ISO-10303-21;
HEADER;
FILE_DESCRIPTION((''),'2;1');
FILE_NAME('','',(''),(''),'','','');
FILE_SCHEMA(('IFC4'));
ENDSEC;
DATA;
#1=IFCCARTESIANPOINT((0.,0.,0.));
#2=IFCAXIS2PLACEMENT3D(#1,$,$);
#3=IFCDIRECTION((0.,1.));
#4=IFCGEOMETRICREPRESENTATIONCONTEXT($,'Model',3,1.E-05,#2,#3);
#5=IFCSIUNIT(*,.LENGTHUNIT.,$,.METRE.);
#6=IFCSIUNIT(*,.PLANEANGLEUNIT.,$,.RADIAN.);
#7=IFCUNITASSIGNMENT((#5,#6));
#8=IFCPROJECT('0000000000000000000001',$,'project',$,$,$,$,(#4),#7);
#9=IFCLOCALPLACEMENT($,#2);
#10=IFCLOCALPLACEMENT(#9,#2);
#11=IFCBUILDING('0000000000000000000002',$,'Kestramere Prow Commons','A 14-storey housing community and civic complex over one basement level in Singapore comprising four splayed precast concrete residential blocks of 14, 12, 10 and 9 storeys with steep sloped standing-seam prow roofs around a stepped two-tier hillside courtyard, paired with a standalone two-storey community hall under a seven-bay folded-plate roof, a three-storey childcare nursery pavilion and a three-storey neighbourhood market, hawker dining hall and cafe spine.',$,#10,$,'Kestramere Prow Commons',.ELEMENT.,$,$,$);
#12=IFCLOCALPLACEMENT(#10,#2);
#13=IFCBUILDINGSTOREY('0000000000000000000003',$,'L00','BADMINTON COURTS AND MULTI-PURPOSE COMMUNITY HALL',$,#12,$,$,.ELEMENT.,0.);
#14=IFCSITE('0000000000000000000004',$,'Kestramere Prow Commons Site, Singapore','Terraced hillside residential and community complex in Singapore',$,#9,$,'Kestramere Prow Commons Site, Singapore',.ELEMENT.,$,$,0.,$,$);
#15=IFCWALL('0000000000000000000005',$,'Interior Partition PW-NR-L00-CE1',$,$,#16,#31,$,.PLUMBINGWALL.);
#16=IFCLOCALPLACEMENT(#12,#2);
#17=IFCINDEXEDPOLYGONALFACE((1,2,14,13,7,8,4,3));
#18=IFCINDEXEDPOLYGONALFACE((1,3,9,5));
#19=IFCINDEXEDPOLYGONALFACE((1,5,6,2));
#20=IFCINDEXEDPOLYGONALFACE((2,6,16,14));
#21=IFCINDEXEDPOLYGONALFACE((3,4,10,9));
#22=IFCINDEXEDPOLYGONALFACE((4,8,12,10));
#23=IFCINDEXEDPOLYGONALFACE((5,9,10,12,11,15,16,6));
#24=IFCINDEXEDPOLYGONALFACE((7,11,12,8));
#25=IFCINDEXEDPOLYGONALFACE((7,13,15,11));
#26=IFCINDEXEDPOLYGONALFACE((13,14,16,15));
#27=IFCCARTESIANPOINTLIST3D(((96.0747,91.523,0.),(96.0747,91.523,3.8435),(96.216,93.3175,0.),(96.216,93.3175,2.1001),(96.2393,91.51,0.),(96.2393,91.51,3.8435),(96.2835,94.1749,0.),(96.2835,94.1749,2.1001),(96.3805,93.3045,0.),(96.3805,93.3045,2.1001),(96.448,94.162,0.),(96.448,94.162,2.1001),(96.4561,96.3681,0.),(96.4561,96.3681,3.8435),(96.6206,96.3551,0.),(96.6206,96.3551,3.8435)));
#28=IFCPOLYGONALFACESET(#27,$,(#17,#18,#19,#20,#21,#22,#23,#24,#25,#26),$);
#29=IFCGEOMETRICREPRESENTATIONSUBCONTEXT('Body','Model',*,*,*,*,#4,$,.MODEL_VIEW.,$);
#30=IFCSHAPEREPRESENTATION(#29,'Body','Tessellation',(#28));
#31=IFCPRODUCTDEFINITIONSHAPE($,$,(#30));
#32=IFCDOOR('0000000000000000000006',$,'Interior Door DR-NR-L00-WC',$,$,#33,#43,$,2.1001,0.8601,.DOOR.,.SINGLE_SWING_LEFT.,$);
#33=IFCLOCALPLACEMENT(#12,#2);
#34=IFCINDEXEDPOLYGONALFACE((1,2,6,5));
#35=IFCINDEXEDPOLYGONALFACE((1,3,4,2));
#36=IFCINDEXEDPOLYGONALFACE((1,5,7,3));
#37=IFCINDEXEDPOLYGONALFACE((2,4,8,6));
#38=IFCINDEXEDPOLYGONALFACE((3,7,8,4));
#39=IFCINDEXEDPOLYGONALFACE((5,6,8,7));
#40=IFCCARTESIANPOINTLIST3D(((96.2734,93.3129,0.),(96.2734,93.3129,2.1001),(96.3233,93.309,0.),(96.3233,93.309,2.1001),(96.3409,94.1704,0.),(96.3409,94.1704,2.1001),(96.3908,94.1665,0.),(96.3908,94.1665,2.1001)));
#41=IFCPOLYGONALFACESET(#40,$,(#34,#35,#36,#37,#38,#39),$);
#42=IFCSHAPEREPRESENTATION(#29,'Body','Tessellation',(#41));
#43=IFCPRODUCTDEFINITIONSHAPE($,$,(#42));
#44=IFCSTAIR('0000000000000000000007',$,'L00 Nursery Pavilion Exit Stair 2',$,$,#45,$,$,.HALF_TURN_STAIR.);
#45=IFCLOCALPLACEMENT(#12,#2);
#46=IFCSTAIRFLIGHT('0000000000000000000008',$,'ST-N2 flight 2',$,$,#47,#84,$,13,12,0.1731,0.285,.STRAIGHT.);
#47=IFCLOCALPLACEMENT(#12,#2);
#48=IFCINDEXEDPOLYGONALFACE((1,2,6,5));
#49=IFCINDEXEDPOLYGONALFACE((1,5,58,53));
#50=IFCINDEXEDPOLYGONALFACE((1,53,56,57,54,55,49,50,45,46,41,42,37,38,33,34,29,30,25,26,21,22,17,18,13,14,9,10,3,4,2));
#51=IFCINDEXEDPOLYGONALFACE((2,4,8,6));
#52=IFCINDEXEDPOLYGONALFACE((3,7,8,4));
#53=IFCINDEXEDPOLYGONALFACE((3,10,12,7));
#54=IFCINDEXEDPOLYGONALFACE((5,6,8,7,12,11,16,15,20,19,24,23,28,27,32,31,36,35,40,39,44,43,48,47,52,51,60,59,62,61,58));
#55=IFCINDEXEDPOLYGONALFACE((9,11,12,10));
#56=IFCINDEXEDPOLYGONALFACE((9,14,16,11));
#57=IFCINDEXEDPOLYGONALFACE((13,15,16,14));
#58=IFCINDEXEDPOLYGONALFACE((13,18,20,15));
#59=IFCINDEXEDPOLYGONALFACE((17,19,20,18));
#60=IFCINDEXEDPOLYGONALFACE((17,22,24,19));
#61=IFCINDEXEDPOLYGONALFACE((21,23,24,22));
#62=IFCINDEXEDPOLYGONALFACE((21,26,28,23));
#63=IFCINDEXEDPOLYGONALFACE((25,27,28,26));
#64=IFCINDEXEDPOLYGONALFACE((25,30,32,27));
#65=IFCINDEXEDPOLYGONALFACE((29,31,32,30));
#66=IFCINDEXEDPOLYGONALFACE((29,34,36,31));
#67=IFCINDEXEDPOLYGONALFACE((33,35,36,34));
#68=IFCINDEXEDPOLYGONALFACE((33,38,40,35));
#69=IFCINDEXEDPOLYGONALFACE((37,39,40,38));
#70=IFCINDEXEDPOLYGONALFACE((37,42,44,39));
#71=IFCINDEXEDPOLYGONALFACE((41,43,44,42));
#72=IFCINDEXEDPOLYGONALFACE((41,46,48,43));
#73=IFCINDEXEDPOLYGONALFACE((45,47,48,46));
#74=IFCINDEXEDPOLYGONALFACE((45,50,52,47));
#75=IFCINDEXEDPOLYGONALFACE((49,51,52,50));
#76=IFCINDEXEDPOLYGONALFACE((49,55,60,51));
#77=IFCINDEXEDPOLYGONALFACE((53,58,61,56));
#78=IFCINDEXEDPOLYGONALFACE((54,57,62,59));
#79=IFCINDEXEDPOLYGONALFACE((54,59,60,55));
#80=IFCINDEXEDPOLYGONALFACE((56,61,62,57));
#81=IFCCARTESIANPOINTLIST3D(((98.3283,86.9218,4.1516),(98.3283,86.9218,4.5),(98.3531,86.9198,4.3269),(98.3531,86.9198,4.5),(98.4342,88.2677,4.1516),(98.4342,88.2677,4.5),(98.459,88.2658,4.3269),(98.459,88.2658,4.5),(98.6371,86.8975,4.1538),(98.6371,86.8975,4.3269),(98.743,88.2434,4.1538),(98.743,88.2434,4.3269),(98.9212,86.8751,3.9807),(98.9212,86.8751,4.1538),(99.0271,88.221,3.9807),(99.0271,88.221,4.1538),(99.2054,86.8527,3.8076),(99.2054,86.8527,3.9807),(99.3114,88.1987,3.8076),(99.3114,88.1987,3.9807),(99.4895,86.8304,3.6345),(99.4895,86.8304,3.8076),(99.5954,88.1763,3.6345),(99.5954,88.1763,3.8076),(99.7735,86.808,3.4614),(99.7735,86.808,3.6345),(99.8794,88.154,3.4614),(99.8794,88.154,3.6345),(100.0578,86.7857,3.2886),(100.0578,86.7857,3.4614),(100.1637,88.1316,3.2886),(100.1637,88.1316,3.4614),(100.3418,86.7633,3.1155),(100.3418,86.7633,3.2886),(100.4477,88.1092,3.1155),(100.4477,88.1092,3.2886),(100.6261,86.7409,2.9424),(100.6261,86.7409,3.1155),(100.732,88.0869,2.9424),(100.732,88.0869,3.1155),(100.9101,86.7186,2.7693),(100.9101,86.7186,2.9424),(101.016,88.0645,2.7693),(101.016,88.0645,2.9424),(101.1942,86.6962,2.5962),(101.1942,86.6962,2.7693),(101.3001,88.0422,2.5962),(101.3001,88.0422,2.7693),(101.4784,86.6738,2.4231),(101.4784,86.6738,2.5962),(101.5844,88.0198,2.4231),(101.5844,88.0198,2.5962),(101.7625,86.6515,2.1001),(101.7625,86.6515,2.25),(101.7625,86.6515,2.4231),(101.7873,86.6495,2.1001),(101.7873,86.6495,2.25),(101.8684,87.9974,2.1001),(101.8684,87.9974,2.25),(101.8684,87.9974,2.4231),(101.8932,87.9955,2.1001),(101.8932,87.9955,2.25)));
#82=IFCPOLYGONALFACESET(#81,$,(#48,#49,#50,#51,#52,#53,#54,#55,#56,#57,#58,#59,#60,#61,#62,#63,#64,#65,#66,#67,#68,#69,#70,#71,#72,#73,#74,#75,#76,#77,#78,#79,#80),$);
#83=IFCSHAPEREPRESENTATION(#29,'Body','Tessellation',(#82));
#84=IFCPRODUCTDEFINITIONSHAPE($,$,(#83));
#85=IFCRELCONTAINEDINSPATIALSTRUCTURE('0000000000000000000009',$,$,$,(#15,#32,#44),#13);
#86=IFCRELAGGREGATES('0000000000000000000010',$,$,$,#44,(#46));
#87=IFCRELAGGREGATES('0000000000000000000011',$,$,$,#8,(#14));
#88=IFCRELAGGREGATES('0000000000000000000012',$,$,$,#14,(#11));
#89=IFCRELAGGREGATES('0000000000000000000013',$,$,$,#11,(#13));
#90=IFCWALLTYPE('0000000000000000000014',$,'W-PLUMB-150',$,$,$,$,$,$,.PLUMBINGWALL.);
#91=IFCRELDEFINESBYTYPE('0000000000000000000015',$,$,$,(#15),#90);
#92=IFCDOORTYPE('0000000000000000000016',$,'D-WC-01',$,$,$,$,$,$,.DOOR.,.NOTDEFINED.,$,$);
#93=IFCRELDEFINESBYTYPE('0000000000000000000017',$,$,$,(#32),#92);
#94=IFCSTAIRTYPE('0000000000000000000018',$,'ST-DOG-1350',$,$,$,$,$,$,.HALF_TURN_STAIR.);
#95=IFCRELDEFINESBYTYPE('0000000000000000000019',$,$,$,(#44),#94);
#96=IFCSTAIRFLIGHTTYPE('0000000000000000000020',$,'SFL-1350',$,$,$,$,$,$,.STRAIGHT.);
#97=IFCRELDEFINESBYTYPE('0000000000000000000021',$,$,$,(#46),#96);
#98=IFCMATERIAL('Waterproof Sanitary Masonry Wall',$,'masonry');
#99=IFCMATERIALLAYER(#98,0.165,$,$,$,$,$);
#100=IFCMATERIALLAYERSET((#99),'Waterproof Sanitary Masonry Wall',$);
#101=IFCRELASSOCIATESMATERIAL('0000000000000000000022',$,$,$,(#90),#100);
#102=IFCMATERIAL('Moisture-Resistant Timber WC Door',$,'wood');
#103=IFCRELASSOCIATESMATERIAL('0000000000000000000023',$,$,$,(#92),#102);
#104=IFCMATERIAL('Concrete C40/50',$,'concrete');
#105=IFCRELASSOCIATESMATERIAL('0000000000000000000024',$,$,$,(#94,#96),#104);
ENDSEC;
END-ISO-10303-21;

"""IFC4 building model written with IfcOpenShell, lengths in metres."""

from ifc_helpers import new_model, si_unit, direction, frame, frame_2d, origin, place, context, subcontext, project, spatial, polyline, rectangle, outline, extrude, material, layer, layer_set, type_object, element, fill, aggregate, save


model = new_model("IFC4")

# Units and contexts
model_context = context("Model", 3, precision=1e-05, world=origin(), true_north=direction((0.0, 1.0)))
body_context = subcontext(model_context, "Body", "Model", "MODEL_VIEW")
ifc_project = project(units=[si_unit("LENGTHUNIT", "METRE"), si_unit("PLANEANGLEUNIT", "RADIAN")], contexts=[model_context])

# Site, building, storey
site_placement = place(None, origin())
site = spatial("IfcSite", under=ifc_project, at=site_placement, Name="Kestramere Prow Commons Site, Singapore", Description="Terraced hillside residential and community complex in Singapore", LongName="Kestramere Prow Commons Site, Singapore", CompositionType="ELEMENT", RefElevation=0.0)
building_placement = place(site_placement, origin())
building = spatial("IfcBuilding", under=site, at=building_placement, Name="Kestramere Prow Commons", Description="A 14-storey housing community and civic complex over one basement level in Singapore comprising four splayed precast concrete residential blocks of 14, 12, 10 and 9 storeys with steep sloped standing-seam prow roofs around a stepped two-tier hillside courtyard, paired with a standalone two-storey community hall under a seven-bay folded-plate roof, a three-storey childcare nursery pavilion and a three-storey neighbourhood market, hawker dining hall and cafe spine.", LongName="Kestramere Prow Commons", CompositionType="ELEMENT")
storey_placement = place(building_placement, origin())
storey = spatial("IfcBuildingStorey", under=building, at=storey_placement, Name="L00", Description="BADMINTON COURTS AND MULTI-PURPOSE COMMUNITY HALL", CompositionType="ELEMENT", Elevation=0.0)

# Shared definitions
ifc_material_1 = material(Name="Concrete C40/50", Category="concrete")

# Shared definitions
ifc_material_2 = material(Name="Waterproof Sanitary Masonry Wall", Category="masonry")
ifc_layer_1 = layer(ifc_material_2, 0.165)
ifc_layer_set_1 = layer_set([ifc_layer_1], Name="Waterproof Sanitary Masonry Wall")
wall_type_1 = type_object("IfcWallType", Name="W-PLUMB-150", PredefinedType="PLUMBINGWALL", material=ifc_layer_set_1)

# Wall, opening, door
wall_1_placement = place(storey_placement, frame((96.157, 91.5164, 0.0), z_axis=(0.0, 0.0, 1.0), x_axis=(0.078463, 0.996917, 0.0)))
wall_1 = element("IfcWall", 1, at=wall_1_placement, inside=storey, type_object=wall_type_1, Name="Interior Partition PW-NR-L00-CE1", PredefinedType="PLUMBINGWALL", context=body_context, shape_type="SweptSolid", body=[
    extrude(rectangle(XDim=4.8601, YDim=0.165, at=frame_2d((2.4302, 0.0))), origin(), (0.0, 0.0, 1.0), 3.8435),
])
opening_1_placement = place(wall_1_placement, frame((1.8, 0.0, 0.0)))
opening_1 = element("IfcOpeningElement", 2, at=opening_1_placement, cuts=wall_1, PredefinedType="OPENING", context=body_context, shape_type="SweptSolid", body=[
    extrude(rectangle(XDim=0.8601, YDim=2.1001, at=frame_2d((0.4302, 1.05))), frame((0.0, 0.0974, 0.0), z_axis=(0.0, -1.0, 0.0), x_axis=(1.0, 0.0, 0.0)), (0.0, 0.0, 1.0), 0.1951),
])
ifc_material_3 = material(Name="Moisture-Resistant Timber WC Door", Category="wood")
door_type_1 = type_object("IfcDoorType", Name="D-WC-01", OperationType="NOTDEFINED", PredefinedType="DOOR", material=ifc_material_3)
door_1_placement = place(opening_1_placement, origin())
door_1 = element("IfcDoor", 3, at=door_1_placement, inside=storey, type_object=door_type_1, Name="Interior Door DR-NR-L00-WC", OperationType="SINGLE_SWING_LEFT", OverallHeight=2.1001, OverallWidth=0.8601, PredefinedType="DOOR", context=body_context, shape_type="SweptSolid", body=[
    extrude(rectangle(XDim=0.8601, YDim=2.1001, at=frame_2d((0.4302, 1.05))), frame((0.0, 0.0249, 0.0), z_axis=(0.0, -1.0, 0.0), x_axis=(1.0, 0.0, 0.0)), (0.0, 0.0, 1.0), 0.05),
])
fill(opening_1, door_1)

# Stair, stair flight
stair_type = type_object("IfcStairType", Name="ST-DOG-1350", PredefinedType="HALF_TURN_STAIR", material=ifc_material_1)
stair_placement = place(storey_placement, origin())
stair = element("IfcStair", 4, at=stair_placement, inside=storey, type_object=stair_type, Name="L00 Nursery Pavilion Exit Stair 2", PredefinedType="HALF_TURN_STAIR")
stair_flight_type = type_object("IfcStairFlightType", Name="SFL-1350", PredefinedType="STRAIGHT", material=ifc_material_1)
stair_flight_1_placement = place(storey_placement, frame((101.8154, 87.3245, 2.25), z_axis=(0.0, 0.0, 1.0), x_axis=(-0.996917, 0.078459, 0.0)))
stair_flight_1 = element("IfcStairFlight", 5, at=stair_flight_1_placement, type_object=stair_flight_type, Name="ST-N2 flight 2", NumberOfRisers=13, NumberOfTreads=12, PredefinedType="STRAIGHT", RiserHeight=0.1731, TreadLength=0.285, context=body_context, shape_type="SweptSolid", body=[
    extrude(outline(polyline([(-0.0249, 0.0), (0.0, 0.0), (0.0, 0.1731), (0.2849, 0.1731), (0.2849, 0.3462), (0.5701, 0.3462), (0.5701, 0.5193), (0.855, 0.5193), (0.855, 0.6924), (1.1399, 0.6924), (1.1399, 0.8655), (1.425, 0.8655), (1.425, 1.0386), (1.71, 1.0386), (1.71, 1.2114), (1.9951, 1.2114), (1.9951, 1.3845), (2.28, 1.3845), (2.28, 1.5576), (2.5649, 1.5576), (2.5649, 1.7307), (2.8501, 1.7307), (2.8501, 1.9038), (3.135, 1.9038), (3.135, 2.0769), (3.4199, 2.0769), (3.4199, 2.25), (3.4448, 2.25), (3.4448, 1.9016), (0.0, -0.1499), (-0.0249, -0.1499), (-0.0249, 0.0)])), frame((0.0, 0.675, 0.0), z_axis=(0.0, -1.0, 0.0), x_axis=(1.0, 0.0, 0.0)), (0.0, 0.0, 1.0), 1.3501),
])
aggregate(stair, [stair_flight_1])

save(model, "model.ifc")
